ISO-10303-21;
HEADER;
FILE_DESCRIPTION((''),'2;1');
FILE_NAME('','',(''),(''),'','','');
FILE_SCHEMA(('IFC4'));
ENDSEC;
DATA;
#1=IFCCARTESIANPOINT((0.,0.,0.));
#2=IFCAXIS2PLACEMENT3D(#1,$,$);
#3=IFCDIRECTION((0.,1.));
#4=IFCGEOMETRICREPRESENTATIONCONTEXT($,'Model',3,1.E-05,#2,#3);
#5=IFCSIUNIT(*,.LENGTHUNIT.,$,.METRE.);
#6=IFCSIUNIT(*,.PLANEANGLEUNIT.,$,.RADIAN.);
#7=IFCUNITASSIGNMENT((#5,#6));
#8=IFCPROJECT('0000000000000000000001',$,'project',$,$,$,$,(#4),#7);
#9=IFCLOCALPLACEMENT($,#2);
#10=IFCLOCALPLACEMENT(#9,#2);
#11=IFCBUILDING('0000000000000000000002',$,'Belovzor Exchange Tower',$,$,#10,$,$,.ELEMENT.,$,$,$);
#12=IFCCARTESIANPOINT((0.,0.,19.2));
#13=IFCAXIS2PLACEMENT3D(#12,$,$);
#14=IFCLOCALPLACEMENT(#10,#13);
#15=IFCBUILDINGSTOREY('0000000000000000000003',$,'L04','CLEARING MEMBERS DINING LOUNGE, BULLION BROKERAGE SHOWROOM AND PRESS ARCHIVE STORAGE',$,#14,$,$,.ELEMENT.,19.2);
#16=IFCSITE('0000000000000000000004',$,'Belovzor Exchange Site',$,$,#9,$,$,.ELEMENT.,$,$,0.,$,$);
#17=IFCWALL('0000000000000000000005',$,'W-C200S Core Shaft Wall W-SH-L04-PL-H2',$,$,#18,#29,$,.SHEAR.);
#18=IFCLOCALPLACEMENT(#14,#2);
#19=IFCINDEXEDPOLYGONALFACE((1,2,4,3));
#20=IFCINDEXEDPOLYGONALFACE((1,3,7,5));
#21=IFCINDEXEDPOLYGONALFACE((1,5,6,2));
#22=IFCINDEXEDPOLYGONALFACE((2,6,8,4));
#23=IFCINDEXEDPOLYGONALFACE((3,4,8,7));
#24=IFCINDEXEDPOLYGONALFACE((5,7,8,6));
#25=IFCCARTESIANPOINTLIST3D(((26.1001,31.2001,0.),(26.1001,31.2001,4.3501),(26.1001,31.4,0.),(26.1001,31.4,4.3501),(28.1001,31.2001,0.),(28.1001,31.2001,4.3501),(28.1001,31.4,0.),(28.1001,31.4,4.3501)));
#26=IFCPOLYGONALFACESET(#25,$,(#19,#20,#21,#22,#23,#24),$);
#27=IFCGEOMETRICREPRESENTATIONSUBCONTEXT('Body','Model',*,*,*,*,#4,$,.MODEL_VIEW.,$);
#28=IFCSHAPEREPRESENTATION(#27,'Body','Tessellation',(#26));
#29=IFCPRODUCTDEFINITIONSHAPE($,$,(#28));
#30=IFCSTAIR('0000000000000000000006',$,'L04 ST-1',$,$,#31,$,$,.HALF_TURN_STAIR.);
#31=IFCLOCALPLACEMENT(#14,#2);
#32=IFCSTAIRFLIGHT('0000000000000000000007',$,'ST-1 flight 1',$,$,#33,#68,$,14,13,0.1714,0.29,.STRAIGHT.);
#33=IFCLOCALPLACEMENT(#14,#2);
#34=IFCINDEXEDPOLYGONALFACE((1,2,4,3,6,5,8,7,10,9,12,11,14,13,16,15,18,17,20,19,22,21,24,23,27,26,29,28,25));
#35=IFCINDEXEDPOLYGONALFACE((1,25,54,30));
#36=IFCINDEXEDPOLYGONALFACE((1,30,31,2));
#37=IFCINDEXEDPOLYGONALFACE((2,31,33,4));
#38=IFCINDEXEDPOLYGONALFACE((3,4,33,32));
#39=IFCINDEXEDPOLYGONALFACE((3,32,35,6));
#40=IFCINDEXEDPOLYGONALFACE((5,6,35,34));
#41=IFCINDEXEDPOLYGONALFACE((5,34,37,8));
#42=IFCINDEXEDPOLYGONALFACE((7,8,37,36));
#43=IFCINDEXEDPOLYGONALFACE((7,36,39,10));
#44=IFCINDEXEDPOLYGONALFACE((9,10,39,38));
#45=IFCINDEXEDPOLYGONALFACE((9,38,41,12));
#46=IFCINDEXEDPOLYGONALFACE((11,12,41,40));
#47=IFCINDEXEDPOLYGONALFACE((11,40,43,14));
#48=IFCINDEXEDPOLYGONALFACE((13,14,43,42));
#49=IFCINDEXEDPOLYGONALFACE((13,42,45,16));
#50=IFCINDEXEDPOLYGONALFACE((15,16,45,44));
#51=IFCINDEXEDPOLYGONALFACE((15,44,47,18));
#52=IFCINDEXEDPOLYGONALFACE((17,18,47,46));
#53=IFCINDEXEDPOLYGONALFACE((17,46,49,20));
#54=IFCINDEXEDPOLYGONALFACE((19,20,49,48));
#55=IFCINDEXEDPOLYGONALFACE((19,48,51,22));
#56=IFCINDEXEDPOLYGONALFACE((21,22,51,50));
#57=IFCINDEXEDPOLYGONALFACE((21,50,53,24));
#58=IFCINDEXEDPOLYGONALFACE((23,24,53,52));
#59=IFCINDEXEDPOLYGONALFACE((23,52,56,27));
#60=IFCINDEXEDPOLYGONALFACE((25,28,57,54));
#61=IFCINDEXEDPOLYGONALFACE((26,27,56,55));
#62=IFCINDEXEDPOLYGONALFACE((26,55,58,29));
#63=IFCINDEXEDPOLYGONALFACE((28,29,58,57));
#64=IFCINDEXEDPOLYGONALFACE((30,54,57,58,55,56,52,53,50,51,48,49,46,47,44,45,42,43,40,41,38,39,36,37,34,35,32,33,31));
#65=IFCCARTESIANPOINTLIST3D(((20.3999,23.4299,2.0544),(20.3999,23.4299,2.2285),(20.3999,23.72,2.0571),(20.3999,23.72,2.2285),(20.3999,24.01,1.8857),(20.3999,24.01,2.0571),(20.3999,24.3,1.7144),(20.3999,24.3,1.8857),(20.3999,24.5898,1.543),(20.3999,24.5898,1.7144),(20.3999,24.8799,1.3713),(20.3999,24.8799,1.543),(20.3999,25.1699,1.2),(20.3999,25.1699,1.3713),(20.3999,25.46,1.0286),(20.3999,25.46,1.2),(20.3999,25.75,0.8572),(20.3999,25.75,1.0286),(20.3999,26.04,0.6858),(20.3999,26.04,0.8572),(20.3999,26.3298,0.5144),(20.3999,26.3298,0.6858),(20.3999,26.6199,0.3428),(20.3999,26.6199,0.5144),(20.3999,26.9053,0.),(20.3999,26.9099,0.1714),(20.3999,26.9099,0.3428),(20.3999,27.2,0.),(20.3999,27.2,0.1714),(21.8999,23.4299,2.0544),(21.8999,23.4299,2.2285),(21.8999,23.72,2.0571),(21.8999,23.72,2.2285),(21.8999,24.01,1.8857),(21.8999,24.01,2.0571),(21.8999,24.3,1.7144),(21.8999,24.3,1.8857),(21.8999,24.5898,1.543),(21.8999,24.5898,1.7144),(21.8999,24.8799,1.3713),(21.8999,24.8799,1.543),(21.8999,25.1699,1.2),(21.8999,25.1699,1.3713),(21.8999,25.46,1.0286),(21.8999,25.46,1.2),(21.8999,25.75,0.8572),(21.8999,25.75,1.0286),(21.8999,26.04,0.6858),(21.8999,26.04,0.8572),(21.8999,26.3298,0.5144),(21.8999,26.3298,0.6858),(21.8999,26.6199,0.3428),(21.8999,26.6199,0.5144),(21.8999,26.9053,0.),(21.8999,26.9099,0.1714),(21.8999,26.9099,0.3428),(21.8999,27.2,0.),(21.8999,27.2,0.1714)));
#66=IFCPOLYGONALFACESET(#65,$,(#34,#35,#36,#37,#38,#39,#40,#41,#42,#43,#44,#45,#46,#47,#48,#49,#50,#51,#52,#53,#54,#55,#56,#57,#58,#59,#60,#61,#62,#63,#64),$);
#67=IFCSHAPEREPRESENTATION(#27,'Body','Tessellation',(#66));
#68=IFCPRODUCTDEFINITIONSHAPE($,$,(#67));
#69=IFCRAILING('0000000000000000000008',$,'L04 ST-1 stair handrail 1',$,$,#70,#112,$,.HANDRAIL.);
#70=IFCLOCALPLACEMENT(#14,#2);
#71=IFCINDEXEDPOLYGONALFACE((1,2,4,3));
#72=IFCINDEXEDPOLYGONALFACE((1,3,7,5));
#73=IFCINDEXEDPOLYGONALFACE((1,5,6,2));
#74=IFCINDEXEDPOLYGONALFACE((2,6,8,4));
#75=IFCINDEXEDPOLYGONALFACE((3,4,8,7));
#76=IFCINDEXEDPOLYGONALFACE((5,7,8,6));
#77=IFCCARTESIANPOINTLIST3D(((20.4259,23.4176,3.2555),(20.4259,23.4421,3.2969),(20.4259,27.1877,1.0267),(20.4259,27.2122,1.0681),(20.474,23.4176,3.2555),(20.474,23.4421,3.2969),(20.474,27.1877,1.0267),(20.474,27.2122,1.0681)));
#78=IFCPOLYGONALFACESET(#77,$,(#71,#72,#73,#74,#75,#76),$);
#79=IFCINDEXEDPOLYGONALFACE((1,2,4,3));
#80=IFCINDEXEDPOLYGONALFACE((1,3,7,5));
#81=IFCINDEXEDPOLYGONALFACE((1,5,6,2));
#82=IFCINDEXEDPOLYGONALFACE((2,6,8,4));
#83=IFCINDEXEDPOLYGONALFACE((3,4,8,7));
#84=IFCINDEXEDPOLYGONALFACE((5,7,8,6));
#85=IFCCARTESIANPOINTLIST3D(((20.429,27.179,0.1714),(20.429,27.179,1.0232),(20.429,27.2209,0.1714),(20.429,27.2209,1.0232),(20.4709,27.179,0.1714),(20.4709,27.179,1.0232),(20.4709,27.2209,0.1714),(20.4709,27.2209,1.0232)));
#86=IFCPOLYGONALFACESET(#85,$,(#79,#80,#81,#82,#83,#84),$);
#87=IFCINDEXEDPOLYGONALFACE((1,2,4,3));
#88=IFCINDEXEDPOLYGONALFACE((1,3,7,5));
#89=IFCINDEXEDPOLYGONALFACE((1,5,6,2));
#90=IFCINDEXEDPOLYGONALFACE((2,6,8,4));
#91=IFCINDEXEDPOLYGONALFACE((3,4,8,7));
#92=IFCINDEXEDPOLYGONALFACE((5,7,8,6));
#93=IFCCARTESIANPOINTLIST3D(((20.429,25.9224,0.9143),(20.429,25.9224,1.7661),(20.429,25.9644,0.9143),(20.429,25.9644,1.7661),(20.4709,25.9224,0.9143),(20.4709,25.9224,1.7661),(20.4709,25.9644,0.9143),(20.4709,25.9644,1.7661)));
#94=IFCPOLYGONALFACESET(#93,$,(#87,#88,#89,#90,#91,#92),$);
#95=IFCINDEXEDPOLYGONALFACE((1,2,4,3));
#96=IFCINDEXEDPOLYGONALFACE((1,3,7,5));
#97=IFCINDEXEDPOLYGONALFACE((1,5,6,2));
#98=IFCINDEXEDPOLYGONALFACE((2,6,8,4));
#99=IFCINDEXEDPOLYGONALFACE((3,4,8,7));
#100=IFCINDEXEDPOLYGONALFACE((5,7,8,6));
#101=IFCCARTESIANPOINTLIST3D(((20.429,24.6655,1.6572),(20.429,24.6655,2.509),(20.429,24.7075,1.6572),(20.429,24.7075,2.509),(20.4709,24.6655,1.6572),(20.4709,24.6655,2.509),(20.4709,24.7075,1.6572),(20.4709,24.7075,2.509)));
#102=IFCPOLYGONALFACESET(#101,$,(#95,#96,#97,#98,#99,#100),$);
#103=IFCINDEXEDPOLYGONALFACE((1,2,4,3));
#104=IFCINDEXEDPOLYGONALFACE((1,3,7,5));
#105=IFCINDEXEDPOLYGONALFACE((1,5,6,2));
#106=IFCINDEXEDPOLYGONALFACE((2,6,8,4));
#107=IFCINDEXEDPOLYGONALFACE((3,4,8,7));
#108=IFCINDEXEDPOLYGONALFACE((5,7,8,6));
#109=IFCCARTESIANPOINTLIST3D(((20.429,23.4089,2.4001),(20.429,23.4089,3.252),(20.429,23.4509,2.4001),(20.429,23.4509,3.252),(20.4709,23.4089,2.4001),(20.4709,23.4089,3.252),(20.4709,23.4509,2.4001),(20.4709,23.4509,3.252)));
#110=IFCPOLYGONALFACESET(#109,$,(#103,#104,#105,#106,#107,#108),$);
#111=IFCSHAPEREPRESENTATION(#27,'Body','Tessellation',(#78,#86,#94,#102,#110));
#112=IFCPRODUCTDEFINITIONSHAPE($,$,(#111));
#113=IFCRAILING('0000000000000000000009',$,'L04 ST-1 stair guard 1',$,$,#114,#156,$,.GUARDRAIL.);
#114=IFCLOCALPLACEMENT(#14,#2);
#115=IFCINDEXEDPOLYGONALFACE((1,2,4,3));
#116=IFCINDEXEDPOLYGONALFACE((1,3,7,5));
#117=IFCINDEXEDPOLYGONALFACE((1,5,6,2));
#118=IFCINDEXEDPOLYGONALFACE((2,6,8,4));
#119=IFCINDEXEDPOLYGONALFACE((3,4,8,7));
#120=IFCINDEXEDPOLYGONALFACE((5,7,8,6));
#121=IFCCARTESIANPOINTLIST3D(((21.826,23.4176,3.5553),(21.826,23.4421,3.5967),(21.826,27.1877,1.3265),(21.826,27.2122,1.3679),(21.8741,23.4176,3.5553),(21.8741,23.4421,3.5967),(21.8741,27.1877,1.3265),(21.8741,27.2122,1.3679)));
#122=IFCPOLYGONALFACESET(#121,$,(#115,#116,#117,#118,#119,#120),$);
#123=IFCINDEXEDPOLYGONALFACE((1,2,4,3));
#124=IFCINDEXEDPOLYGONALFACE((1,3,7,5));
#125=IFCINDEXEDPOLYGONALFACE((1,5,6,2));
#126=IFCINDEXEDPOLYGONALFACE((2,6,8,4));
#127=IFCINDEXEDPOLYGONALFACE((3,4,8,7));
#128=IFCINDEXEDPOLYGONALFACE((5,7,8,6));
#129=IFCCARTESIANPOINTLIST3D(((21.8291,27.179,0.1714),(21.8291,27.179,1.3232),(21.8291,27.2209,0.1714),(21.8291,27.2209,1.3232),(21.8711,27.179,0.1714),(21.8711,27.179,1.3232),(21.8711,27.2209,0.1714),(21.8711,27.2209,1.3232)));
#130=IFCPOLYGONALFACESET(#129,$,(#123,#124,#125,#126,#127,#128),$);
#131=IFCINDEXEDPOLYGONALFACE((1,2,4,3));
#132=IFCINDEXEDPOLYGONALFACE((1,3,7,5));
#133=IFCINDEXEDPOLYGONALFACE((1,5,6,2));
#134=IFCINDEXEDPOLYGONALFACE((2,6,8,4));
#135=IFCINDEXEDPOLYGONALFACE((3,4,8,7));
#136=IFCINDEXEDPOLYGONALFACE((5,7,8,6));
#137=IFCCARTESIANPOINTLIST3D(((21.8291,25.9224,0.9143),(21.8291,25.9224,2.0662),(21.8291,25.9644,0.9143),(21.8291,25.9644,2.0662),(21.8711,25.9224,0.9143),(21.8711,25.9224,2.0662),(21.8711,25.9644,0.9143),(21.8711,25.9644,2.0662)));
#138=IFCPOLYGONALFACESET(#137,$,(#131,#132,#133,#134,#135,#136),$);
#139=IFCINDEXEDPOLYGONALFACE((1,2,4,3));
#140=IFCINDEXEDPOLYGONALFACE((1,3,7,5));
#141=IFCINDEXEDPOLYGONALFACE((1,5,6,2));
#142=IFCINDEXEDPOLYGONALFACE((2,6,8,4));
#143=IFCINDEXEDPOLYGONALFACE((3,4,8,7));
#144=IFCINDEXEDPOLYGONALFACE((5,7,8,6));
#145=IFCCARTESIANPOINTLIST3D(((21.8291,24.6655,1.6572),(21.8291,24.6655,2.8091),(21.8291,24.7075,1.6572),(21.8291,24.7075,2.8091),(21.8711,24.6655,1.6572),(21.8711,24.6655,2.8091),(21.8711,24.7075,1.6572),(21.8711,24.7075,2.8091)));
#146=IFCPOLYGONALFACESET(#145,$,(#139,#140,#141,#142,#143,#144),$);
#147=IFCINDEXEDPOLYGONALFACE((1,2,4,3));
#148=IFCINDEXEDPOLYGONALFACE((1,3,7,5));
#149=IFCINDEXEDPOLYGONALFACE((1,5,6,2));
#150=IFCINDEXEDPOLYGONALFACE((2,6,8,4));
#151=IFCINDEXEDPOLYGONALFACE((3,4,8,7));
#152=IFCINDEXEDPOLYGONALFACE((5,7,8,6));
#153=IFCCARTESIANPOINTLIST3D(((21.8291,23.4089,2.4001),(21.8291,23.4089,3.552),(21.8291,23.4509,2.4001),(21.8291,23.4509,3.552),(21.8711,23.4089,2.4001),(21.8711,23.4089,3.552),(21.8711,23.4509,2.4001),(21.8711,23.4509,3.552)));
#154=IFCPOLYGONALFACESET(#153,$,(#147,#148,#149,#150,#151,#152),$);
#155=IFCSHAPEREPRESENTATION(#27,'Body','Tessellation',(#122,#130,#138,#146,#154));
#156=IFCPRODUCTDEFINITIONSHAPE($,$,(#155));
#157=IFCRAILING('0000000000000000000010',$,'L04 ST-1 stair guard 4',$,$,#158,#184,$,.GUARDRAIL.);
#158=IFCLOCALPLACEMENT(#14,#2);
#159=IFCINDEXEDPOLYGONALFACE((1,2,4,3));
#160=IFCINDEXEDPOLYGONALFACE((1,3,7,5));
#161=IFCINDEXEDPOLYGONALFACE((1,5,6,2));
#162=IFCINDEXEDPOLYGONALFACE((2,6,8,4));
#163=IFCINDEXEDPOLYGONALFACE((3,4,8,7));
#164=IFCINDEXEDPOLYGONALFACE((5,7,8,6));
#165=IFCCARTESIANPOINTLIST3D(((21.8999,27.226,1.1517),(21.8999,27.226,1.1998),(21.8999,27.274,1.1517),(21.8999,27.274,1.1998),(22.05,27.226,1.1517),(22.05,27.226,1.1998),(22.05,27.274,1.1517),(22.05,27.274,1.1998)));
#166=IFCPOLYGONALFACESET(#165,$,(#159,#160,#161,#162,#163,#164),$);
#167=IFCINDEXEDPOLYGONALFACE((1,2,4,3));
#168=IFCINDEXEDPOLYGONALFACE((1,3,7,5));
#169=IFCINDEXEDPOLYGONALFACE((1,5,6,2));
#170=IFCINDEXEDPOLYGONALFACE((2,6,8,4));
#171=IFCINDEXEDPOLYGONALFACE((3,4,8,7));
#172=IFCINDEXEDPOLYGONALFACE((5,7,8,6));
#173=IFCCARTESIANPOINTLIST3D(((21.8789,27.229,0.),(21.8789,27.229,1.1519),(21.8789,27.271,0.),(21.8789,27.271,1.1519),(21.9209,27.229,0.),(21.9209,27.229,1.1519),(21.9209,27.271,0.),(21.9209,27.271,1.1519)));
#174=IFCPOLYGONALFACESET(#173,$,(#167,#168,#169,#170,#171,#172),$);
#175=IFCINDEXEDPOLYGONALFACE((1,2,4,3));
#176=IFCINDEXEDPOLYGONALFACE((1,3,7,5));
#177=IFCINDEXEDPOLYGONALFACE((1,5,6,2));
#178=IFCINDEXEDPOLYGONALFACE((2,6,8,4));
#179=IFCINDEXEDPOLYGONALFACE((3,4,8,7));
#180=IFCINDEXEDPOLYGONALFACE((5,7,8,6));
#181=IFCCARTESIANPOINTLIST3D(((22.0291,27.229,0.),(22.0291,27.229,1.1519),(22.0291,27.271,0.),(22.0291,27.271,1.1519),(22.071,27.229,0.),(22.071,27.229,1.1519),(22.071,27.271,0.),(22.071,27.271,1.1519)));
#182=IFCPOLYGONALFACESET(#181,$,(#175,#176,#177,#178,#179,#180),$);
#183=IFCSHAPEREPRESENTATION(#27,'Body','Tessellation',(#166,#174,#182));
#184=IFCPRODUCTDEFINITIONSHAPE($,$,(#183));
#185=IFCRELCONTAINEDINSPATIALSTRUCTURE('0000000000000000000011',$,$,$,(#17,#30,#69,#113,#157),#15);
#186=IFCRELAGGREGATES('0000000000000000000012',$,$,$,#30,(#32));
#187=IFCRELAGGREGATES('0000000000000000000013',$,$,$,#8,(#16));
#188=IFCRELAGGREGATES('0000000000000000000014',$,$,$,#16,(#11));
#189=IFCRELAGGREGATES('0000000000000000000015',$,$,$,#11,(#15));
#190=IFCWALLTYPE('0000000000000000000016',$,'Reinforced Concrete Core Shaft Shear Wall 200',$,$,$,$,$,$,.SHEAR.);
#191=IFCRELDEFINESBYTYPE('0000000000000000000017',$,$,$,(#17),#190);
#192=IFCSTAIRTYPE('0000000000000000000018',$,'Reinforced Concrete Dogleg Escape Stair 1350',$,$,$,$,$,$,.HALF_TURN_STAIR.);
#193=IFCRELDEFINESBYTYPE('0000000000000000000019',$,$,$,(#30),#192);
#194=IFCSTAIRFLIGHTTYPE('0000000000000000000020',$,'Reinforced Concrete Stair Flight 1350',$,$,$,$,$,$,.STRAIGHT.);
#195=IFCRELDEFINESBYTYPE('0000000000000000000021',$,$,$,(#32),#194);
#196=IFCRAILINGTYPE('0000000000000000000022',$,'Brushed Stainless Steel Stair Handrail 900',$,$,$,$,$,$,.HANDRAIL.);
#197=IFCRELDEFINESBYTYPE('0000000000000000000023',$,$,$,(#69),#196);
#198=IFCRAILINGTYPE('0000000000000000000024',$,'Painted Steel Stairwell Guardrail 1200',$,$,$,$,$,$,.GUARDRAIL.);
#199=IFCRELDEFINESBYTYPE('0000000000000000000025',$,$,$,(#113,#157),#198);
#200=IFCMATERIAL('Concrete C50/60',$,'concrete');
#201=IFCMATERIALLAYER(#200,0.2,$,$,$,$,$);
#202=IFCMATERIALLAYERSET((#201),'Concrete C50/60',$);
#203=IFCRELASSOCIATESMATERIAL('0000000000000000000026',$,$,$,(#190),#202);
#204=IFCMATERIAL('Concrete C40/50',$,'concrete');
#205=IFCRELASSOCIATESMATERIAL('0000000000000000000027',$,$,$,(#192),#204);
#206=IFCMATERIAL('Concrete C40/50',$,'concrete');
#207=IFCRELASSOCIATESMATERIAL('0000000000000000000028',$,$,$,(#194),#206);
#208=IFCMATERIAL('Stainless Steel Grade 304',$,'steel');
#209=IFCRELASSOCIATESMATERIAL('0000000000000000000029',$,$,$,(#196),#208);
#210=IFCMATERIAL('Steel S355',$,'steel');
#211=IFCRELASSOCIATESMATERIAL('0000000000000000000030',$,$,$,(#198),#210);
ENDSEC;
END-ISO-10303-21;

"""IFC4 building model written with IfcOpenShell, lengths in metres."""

from ifc_helpers import new_model, si_unit, direction, frame, frame_2d, origin, origin_2d, place, context, subcontext, project, spatial, polyline, rectangle, outline, extrude, material, layer, layer_set, type_object, element, aggregate, save


model = new_model("IFC4")

# Units and contexts
model_context = context("Model", 3, precision=1e-05, world=origin(), true_north=direction((0.0, 1.0)))
body_context = subcontext(model_context, "Body", "Model", "MODEL_VIEW")
ifc_project = project(units=[si_unit("LENGTHUNIT", "METRE"), si_unit("PLANEANGLEUNIT", "RADIAN")], contexts=[model_context])

# Site, building, storey
site_placement = place(None, origin())
site = spatial("IfcSite", under=ifc_project, at=site_placement, Name="Belovzor Exchange Site", CompositionType="ELEMENT", RefElevation=0.0)
building_placement = place(site_placement, origin())
building = spatial("IfcBuilding", under=site, at=building_placement, Name="Belovzor Exchange Tower", CompositionType="ELEMENT")
storey_placement = place(building_placement, frame((0.0, 0.0, 19.2)))
storey = spatial("IfcBuildingStorey", under=building, at=storey_placement, Name="L04", Description="CLEARING MEMBERS DINING LOUNGE, BULLION BROKERAGE SHOWROOM AND PRESS ARCHIVE STORAGE", CompositionType="ELEMENT", Elevation=19.2)

# Shared definitions
ifc_material_1 = material(Name="Concrete C50/60", Category="concrete")
ifc_layer_1 = layer(ifc_material_1, 0.2)
ifc_layer_set_1 = layer_set([ifc_layer_1], Name="Concrete C50/60")
wall_type_1 = type_object("IfcWallType", Name="Reinforced Concrete Core Shaft Shear Wall 200", PredefinedType="SHEAR", material=ifc_layer_set_1)

# Wall
for number, where, z_axis, x_axis, name in (
    (1, (26.1001, 31.3, 0.0), (0.0, 0.0, 1.0), (1.0, 0.0, 0.0), "W-C200S Core Shaft Wall W-SH-L04-PL-H2"),
):
    element("IfcWall", number, at=place(storey_placement, frame(where, z_axis=z_axis, x_axis=x_axis)), inside=storey, type_object=wall_type_1, Name=name, PredefinedType="SHEAR", context=body_context, shape_type="SweptSolid", body=[
        extrude(rectangle(XDim=2.0, YDim=0.2, at=frame_2d((1.0, 0.0))), origin(), (0.0, 0.0, 1.0), 4.3501),
    ])

# Stair, stair flight
ifc_material_2 = material(Name="Concrete C40/50", Category="concrete")
stair_type = type_object("IfcStairType", Name="Reinforced Concrete Dogleg Escape Stair 1350", PredefinedType="HALF_TURN_STAIR", material=ifc_material_2)
stair_placement = place(storey_placement, origin())
stair = element("IfcStair", 2, at=stair_placement, inside=storey, type_object=stair_type, Name="L04 ST-1", PredefinedType="HALF_TURN_STAIR")
ifc_material_3 = material(Name="Concrete C40/50", Category="concrete")
stair_flight_type = type_object("IfcStairFlightType", Name="Reinforced Concrete Stair Flight 1350", PredefinedType="STRAIGHT", material=ifc_material_3)
stair_flight_placement = place(storey_placement, frame((21.1499, 27.2, 0.0), z_axis=(0.0, 0.0, 1.0), x_axis=(0.0, -1.0, 0.0)))
stair_flight = element("IfcStairFlight", 3, at=stair_flight_placement, type_object=stair_flight_type, Name="ST-1 flight 1", NumberOfRisers=14, NumberOfTreads=13, PredefinedType="STRAIGHT", RiserHeight=0.1714, TreadLength=0.29, context=body_context, shape_type="SweptSolid", body=[
    extrude(outline(polyline([(0.0, 0.0), (0.0, 0.1714), (0.29, 0.1714), (0.29, 0.3428), (0.5801, 0.3428), (0.5801, 0.5144), (0.8701, 0.5144), (0.8701, 0.6858), (1.1599, 0.6858), (1.1599, 0.8572), (1.45, 0.8572), (1.45, 1.0286), (1.74, 1.0286), (1.74, 1.2), (2.03, 1.2), (2.03, 1.3713), (2.3201, 1.3713), (2.3201, 1.543), (2.6101, 1.543), (2.6101, 1.7144), (2.8999, 1.7144), (2.8999, 1.8857), (3.1899, 1.8857), (3.1899, 2.0571), (3.48, 2.0571), (3.48, 2.2285), (3.77, 2.2285), (3.77, 2.3999), (3.77, 2.0544), (0.2947, 0.0), (0.0, 0.0)])), frame((0.0, 0.75, 0.0), z_axis=(0.0, -1.0, 0.0), x_axis=(1.0, 0.0, 0.0)), (0.0, 0.0, 1.0), 1.5),
])
aggregate(stair, [stair_flight])

# Railings
ifc_material_4 = material(Name="Stainless Steel Grade 304", Category="steel")
railing_type_1 = type_object("IfcRailingType", Name="Brushed Stainless Steel Stair Handrail 900", PredefinedType="HANDRAIL", material=ifc_material_4)
railing_1_placement = place(storey_placement, frame((20.45, 27.2, 0.1714)))
element("IfcRailing", 4, at=railing_1_placement, inside=storey, type_object=railing_type_1, Name="L04 ST-1 stair handrail 1", PredefinedType="HANDRAIL", context=body_context, shape_type="SweptSolid", body=[
    extrude(rectangle(XDim=0.0481, YDim=0.0481, at=origin_2d()), frame((0.0, 0.0, 0.876), z_axis=(0.0, -0.860824, 0.508902), x_axis=(1.0, 0.0, 0.0)), (0.0, 0.0, 1.0), 4.3796),
    extrude(rectangle(XDim=0.042, YDim=0.042, at=origin_2d()), origin(), (0.0, 0.0, 1.0), 0.8518),
    extrude(rectangle(XDim=0.042, YDim=0.042, at=origin_2d()), frame((0.0, -1.2566, 0.7429)), (0.0, 0.0, 1.0), 0.8518),
    extrude(rectangle(XDim=0.042, YDim=0.042, at=origin_2d()), frame((0.0, -2.5134, 1.4858)), (0.0, 0.0, 1.0), 0.8518),
    extrude(rectangle(XDim=0.042, YDim=0.042, at=origin_2d()), frame((0.0, -3.77, 2.2288)), (0.0, 0.0, 1.0), 0.8518),
])
ifc_material_5 = material(Name="Steel S355", Category="steel")
railing_type_2 = type_object("IfcRailingType", Name="Painted Steel Stairwell Guardrail 1200", PredefinedType="GUARDRAIL", material=ifc_material_5)
railing_2_placement = place(storey_placement, frame((21.8501, 27.2, 0.1714)))
element("IfcRailing", 5, at=railing_2_placement, inside=storey, type_object=railing_type_2, Name="L04 ST-1 stair guard 1", PredefinedType="GUARDRAIL", context=body_context, shape_type="SweptSolid", body=[
    extrude(rectangle(XDim=0.0481, YDim=0.0481, at=origin_2d()), frame((0.0, 0.0, 1.1758), z_axis=(0.0, -0.860824, 0.508902), x_axis=(1.0, 0.0, 0.0)), (0.0, 0.0, 1.0), 4.3796),
    extrude(rectangle(XDim=0.042, YDim=0.042, at=origin_2d()), origin(), (0.0, 0.0, 1.0), 1.1519),
    extrude(rectangle(XDim=0.042, YDim=0.042, at=origin_2d()), frame((0.0, -1.2566, 0.7429)), (0.0, 0.0, 1.0), 1.1519),
    extrude(rectangle(XDim=0.042, YDim=0.042, at=origin_2d()), frame((0.0, -2.5134, 1.4858)), (0.0, 0.0, 1.0), 1.1519),
    extrude(rectangle(XDim=0.042, YDim=0.042, at=origin_2d()), frame((0.0, -3.77, 2.2288)), (0.0, 0.0, 1.0), 1.1519),
])
railing_3_placement = place(storey_placement, frame((21.8999, 27.25, 0.0)))
element("IfcRailing", 6, at=railing_3_placement, inside=storey, type_object=railing_type_2, Name="L04 ST-1 stair guard 4", PredefinedType="GUARDRAIL", context=body_context, shape_type="SweptSolid", body=[
    extrude(rectangle(XDim=0.0481, YDim=0.0481, at=origin_2d()), frame((0.0, 0.0, 1.1758), z_axis=(1.0, 0.0, 0.0), x_axis=(0.0, 1.0, 0.0)), (0.0, 0.0, 1.0), 0.1501),
    extrude(rectangle(XDim=0.042, YDim=0.042, at=origin_2d()), origin(), (0.0, 0.0, 1.0), 1.1519),
    extrude(rectangle(XDim=0.042, YDim=0.042, at=origin_2d()), frame((0.1501, 0.0, 0.0)), (0.0, 0.0, 1.0), 1.1519),
])

save(model, "model.ifc")
